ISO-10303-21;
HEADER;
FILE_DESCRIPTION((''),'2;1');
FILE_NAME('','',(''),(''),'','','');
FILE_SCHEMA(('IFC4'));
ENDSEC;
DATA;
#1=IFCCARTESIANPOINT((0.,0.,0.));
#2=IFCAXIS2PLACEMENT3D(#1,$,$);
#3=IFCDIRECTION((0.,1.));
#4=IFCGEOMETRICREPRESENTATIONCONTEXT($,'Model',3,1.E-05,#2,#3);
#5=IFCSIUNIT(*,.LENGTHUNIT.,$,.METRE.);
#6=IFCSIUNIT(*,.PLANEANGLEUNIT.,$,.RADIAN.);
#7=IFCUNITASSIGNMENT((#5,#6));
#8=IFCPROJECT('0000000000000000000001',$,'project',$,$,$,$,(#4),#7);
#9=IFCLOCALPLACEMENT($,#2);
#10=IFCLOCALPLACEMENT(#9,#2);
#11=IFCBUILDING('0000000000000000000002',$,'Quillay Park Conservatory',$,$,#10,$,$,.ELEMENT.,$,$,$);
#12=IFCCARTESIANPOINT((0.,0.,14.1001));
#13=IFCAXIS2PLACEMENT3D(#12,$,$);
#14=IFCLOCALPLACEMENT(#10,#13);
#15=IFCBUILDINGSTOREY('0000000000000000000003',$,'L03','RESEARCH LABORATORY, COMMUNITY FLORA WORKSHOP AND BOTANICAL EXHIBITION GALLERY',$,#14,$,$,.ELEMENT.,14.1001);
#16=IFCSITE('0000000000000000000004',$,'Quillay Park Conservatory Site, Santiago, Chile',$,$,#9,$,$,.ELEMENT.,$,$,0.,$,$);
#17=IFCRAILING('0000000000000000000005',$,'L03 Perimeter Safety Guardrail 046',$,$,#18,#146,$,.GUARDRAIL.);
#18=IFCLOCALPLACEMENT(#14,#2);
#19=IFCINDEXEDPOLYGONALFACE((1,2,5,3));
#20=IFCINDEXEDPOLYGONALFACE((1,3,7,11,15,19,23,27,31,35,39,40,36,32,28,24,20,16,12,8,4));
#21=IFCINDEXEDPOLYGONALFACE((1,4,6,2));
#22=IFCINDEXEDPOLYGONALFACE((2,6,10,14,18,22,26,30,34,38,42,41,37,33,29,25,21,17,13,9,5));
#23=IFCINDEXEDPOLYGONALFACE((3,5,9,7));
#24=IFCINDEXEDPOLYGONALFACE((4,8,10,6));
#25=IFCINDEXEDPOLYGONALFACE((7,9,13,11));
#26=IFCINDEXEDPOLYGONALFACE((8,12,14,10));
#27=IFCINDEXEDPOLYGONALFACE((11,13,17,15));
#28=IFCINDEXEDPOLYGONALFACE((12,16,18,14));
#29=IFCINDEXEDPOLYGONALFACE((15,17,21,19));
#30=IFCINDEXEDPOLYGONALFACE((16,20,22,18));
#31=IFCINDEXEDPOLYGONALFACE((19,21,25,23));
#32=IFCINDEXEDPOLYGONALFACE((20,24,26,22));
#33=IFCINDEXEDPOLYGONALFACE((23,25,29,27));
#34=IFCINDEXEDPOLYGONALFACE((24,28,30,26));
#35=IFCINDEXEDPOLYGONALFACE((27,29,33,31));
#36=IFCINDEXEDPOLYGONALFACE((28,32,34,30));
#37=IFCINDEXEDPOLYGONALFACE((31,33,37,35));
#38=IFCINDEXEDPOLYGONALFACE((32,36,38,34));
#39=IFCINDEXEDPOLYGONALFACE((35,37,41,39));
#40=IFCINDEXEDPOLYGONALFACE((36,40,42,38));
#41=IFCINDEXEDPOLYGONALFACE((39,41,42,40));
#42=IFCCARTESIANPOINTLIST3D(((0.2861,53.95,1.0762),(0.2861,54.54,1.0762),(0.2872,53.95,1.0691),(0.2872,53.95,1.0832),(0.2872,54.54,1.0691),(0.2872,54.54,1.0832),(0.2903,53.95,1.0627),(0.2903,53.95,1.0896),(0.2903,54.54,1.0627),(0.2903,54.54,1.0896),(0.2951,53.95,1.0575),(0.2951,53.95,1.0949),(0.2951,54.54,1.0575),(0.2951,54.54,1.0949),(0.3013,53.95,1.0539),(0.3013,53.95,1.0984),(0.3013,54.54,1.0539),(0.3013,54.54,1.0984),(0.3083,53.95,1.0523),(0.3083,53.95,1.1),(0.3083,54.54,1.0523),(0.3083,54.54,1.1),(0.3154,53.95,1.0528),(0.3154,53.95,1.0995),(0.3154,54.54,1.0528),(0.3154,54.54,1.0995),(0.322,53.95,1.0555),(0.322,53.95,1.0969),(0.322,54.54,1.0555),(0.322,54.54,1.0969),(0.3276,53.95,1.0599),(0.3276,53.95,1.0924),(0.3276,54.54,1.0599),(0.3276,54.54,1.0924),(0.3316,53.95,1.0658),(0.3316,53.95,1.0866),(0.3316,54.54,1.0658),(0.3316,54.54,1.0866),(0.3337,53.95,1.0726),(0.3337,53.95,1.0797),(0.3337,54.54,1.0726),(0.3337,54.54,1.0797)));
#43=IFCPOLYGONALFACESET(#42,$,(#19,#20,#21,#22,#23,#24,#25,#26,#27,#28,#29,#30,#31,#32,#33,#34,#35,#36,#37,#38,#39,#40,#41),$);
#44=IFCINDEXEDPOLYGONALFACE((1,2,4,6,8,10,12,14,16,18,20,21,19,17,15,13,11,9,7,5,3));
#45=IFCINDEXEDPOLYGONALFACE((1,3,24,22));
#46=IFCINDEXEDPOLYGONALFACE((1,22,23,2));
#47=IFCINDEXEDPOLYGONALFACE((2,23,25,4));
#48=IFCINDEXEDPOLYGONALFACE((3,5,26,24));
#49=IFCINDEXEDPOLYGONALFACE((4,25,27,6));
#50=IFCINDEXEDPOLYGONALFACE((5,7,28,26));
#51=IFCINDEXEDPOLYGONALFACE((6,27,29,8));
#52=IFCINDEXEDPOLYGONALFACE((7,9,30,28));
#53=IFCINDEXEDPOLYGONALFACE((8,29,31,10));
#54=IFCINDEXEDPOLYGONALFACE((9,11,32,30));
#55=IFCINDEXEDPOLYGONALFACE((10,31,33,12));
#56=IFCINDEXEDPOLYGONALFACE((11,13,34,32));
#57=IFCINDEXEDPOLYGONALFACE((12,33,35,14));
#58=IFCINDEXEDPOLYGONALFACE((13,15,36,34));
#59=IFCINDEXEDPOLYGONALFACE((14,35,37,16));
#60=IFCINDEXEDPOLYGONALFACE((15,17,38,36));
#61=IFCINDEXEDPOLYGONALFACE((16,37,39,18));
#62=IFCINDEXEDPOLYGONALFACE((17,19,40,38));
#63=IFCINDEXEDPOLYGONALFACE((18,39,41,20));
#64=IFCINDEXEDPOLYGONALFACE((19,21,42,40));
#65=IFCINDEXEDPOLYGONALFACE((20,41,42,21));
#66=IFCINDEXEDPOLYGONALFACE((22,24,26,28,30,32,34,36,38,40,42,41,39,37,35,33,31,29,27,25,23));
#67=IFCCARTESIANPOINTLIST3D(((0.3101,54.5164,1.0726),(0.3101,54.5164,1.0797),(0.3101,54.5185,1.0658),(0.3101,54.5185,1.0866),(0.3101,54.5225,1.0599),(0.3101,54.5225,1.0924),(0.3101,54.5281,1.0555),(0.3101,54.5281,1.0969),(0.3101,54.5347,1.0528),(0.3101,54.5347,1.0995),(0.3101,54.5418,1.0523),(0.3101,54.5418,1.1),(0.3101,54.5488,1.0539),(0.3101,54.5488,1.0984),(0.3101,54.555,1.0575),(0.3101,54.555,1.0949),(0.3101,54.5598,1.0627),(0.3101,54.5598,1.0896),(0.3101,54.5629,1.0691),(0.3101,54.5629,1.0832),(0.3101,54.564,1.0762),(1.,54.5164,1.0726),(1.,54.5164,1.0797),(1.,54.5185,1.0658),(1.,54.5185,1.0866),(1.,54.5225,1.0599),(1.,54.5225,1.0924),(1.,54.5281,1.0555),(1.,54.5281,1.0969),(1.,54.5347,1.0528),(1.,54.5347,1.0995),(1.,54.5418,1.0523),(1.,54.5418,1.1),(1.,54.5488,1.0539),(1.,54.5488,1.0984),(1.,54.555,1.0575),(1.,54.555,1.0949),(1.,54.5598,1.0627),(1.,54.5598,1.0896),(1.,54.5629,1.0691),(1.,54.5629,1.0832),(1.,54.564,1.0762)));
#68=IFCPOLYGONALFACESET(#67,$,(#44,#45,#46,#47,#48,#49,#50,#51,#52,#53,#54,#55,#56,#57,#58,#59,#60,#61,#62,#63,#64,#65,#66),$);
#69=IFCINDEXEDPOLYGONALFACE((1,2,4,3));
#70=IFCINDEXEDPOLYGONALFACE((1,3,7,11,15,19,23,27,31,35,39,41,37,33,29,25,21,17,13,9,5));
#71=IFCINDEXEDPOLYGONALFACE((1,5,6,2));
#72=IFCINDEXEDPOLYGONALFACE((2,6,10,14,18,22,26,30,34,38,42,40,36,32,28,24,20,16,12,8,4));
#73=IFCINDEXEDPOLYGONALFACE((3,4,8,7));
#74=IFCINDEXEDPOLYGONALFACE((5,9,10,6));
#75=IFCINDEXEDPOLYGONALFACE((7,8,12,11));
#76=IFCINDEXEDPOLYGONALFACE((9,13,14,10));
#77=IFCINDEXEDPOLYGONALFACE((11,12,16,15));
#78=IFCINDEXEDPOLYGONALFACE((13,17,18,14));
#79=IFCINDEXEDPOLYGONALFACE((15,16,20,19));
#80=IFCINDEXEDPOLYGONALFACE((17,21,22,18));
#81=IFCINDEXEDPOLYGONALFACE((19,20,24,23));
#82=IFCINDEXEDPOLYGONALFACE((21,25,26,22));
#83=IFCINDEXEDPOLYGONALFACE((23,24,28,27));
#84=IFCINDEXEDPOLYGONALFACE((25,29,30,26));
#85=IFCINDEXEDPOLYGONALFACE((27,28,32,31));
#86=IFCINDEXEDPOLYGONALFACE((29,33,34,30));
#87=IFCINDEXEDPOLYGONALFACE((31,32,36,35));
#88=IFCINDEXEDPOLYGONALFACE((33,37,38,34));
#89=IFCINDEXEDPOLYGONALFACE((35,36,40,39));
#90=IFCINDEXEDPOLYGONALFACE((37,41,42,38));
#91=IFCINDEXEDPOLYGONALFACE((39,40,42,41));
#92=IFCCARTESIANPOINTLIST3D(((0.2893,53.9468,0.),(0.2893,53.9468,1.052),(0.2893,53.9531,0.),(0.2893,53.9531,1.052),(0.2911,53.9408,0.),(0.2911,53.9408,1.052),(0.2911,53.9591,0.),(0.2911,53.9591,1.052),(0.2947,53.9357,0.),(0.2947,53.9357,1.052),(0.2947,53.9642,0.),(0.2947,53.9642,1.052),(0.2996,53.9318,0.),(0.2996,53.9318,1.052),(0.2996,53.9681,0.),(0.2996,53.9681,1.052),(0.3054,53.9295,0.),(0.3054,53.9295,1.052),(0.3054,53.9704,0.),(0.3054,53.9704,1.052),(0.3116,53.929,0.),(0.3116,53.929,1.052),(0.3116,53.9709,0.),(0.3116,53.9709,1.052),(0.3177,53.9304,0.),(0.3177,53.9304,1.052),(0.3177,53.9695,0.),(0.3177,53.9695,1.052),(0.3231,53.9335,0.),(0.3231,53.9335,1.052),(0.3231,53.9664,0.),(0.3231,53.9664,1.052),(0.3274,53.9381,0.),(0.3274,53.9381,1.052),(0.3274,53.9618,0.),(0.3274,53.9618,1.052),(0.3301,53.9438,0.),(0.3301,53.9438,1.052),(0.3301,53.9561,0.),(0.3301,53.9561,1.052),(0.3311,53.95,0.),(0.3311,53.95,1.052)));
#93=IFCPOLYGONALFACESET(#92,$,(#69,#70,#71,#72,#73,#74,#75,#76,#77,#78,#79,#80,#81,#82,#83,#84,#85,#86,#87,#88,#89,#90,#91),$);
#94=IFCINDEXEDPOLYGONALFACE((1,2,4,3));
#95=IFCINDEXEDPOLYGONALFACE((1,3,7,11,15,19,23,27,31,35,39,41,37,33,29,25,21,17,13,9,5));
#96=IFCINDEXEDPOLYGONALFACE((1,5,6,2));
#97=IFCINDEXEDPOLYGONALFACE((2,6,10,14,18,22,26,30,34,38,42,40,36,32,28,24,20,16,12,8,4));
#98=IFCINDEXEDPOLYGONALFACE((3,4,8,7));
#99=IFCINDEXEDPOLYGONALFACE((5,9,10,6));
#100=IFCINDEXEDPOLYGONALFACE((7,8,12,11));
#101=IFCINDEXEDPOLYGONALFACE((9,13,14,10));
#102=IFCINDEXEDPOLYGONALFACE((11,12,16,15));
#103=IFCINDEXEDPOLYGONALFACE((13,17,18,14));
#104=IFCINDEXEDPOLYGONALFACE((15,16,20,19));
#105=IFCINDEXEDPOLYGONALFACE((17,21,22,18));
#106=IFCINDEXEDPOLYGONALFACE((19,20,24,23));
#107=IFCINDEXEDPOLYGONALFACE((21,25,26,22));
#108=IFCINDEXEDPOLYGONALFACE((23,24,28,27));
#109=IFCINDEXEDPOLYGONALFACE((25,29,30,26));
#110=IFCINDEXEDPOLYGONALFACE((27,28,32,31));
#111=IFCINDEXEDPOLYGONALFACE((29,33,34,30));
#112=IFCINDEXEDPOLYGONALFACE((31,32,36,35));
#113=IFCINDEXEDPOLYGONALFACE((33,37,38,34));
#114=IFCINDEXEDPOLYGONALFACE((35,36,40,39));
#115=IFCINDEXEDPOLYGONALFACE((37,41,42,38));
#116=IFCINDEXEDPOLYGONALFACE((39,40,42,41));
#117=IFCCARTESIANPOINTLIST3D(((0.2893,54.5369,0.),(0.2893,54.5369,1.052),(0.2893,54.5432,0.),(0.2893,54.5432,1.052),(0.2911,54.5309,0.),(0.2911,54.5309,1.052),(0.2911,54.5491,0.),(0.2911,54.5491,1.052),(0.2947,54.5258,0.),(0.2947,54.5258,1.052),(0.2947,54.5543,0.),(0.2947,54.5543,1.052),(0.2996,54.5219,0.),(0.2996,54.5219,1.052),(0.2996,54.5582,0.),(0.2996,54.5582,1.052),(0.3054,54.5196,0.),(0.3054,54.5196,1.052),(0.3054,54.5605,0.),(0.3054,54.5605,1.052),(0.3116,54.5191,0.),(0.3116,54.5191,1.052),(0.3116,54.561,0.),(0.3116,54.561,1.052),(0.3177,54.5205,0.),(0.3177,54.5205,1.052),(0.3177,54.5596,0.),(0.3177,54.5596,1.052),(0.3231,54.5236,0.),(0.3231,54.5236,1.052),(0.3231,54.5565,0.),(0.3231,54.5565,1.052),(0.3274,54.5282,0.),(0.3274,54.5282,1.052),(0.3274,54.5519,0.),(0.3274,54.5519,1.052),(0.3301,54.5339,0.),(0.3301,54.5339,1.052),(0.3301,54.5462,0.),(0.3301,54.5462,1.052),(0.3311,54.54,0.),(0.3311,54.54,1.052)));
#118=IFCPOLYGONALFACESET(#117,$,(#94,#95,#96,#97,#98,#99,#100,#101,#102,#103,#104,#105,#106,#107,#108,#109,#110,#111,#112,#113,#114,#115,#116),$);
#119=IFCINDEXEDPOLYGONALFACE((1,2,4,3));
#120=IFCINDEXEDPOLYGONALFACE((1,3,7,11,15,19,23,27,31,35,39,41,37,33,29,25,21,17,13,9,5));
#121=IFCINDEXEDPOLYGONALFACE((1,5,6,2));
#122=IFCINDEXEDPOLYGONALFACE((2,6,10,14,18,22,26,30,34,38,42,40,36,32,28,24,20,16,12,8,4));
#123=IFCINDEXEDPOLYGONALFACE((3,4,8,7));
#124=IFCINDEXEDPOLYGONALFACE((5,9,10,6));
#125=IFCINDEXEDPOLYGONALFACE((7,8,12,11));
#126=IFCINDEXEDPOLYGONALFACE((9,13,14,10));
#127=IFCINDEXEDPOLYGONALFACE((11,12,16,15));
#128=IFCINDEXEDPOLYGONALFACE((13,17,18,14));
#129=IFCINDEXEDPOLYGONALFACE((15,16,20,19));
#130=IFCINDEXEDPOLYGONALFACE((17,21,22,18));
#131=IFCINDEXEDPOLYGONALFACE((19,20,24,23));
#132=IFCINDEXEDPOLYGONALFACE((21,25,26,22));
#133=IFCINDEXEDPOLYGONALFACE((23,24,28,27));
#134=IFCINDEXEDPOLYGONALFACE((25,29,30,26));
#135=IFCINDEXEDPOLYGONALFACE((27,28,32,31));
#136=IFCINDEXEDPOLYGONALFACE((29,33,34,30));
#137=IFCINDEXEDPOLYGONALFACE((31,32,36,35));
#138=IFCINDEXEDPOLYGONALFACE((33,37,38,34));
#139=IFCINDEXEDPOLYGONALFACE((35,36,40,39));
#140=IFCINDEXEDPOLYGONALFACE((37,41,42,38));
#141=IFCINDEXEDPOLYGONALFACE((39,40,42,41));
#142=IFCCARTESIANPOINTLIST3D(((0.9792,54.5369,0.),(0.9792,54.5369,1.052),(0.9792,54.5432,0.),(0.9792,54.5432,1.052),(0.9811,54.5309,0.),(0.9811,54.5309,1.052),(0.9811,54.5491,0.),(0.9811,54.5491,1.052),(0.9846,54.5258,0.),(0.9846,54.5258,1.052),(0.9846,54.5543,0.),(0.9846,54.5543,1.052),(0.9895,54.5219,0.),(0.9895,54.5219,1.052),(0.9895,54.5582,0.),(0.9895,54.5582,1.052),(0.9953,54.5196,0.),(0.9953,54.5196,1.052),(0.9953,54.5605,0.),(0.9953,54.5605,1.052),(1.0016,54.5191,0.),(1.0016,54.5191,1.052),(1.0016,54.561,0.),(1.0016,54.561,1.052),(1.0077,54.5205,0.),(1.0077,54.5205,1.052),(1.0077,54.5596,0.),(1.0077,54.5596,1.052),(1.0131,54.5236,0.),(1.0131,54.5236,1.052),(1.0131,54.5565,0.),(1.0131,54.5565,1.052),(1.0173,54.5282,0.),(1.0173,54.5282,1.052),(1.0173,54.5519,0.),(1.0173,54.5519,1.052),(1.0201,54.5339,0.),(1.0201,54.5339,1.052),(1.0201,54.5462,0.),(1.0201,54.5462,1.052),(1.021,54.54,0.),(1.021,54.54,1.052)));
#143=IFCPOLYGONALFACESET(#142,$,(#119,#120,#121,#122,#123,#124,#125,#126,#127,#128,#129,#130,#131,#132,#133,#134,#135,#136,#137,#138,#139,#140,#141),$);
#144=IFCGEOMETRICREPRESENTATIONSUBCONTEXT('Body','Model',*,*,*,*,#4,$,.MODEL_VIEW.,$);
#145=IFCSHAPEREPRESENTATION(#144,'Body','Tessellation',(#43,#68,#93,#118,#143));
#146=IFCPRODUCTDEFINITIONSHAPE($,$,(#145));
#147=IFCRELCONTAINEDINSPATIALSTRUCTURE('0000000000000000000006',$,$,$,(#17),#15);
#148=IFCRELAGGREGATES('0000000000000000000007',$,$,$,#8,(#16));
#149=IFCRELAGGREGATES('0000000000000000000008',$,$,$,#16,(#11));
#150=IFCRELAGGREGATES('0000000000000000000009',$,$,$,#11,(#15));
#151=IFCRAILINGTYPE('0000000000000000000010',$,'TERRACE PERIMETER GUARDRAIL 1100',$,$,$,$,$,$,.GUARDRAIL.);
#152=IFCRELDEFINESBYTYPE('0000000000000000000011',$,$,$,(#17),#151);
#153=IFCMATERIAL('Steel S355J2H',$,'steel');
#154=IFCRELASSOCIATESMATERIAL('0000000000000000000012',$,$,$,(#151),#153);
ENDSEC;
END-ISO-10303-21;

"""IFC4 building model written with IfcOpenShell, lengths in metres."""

from ifc_helpers import new_model, si_unit, direction, frame, origin, origin_2d, place, context, subcontext, project, spatial, circle, extrude, material, type_object, element, save


model = new_model("IFC4")

# Units and contexts
model_context = context("Model", 3, precision=1e-05, world=origin(), true_north=direction((0.0, 1.0)))
body_context = subcontext(model_context, "Body", "Model", "MODEL_VIEW")
ifc_project = project(units=[si_unit("LENGTHUNIT", "METRE"), si_unit("PLANEANGLEUNIT", "RADIAN")], contexts=[model_context])

# Site, building, storey
site_placement = place(None, origin())
site = spatial("IfcSite", under=ifc_project, at=site_placement, Name="Quillay Park Conservatory Site, Santiago, Chile", CompositionType="ELEMENT", RefElevation=0.0)
building_placement = place(site_placement, origin())
building = spatial("IfcBuilding", under=site, at=building_placement, Name="Quillay Park Conservatory", CompositionType="ELEMENT")
storey_placement = place(building_placement, frame((0.0, 0.0, 14.1001)))
storey = spatial("IfcBuildingStorey", under=building, at=storey_placement, Name="L03", Description="RESEARCH LABORATORY, COMMUNITY FLORA WORKSHOP AND BOTANICAL EXHIBITION GALLERY", CompositionType="ELEMENT", Elevation=14.1001)

# Railing
ifc_material_1 = material(Name="Steel S355J2H", Category="steel")
railing_type = type_object("IfcRailingType", Name="TERRACE PERIMETER GUARDRAIL 1100", PredefinedType="GUARDRAIL", material=ifc_material_1)
railing_placement = place(storey_placement, frame((0.3101, 53.95, 0.0)))
element("IfcRailing", 1, at=railing_placement, inside=storey, type_object=railing_type, Name="L03 Perimeter Safety Guardrail 046", PredefinedType="GUARDRAIL", context=body_context, shape_type="SweptSolid", body=[
    extrude(circle(Radius=0.0239, at=origin_2d()), frame((0.0, 0.0, 1.0762), z_axis=(0.0, 1.0, 0.0), x_axis=(-1.0, 0.0, 0.0)), (0.0, 0.0, 1.0), 0.5901),
    extrude(circle(Radius=0.0239, at=origin_2d()), frame((0.0, 0.5901, 1.0762), z_axis=(1.0, 0.0, 0.0), x_axis=(0.0, 1.0, 0.0)), (0.0, 0.0, 1.0), 0.6899),
    extrude(circle(Radius=0.021, at=origin_2d()), origin(), (0.0, 0.0, 1.0), 1.052),
    extrude(circle(Radius=0.021, at=origin_2d()), frame((0.0, 0.5901, 0.0)), (0.0, 0.0, 1.0), 1.052),
    extrude(circle(Radius=0.021, at=origin_2d()), frame((0.6899, 0.5901, 0.0)), (0.0, 0.0, 1.0), 1.052),
])

save(model, "model.ifc")
